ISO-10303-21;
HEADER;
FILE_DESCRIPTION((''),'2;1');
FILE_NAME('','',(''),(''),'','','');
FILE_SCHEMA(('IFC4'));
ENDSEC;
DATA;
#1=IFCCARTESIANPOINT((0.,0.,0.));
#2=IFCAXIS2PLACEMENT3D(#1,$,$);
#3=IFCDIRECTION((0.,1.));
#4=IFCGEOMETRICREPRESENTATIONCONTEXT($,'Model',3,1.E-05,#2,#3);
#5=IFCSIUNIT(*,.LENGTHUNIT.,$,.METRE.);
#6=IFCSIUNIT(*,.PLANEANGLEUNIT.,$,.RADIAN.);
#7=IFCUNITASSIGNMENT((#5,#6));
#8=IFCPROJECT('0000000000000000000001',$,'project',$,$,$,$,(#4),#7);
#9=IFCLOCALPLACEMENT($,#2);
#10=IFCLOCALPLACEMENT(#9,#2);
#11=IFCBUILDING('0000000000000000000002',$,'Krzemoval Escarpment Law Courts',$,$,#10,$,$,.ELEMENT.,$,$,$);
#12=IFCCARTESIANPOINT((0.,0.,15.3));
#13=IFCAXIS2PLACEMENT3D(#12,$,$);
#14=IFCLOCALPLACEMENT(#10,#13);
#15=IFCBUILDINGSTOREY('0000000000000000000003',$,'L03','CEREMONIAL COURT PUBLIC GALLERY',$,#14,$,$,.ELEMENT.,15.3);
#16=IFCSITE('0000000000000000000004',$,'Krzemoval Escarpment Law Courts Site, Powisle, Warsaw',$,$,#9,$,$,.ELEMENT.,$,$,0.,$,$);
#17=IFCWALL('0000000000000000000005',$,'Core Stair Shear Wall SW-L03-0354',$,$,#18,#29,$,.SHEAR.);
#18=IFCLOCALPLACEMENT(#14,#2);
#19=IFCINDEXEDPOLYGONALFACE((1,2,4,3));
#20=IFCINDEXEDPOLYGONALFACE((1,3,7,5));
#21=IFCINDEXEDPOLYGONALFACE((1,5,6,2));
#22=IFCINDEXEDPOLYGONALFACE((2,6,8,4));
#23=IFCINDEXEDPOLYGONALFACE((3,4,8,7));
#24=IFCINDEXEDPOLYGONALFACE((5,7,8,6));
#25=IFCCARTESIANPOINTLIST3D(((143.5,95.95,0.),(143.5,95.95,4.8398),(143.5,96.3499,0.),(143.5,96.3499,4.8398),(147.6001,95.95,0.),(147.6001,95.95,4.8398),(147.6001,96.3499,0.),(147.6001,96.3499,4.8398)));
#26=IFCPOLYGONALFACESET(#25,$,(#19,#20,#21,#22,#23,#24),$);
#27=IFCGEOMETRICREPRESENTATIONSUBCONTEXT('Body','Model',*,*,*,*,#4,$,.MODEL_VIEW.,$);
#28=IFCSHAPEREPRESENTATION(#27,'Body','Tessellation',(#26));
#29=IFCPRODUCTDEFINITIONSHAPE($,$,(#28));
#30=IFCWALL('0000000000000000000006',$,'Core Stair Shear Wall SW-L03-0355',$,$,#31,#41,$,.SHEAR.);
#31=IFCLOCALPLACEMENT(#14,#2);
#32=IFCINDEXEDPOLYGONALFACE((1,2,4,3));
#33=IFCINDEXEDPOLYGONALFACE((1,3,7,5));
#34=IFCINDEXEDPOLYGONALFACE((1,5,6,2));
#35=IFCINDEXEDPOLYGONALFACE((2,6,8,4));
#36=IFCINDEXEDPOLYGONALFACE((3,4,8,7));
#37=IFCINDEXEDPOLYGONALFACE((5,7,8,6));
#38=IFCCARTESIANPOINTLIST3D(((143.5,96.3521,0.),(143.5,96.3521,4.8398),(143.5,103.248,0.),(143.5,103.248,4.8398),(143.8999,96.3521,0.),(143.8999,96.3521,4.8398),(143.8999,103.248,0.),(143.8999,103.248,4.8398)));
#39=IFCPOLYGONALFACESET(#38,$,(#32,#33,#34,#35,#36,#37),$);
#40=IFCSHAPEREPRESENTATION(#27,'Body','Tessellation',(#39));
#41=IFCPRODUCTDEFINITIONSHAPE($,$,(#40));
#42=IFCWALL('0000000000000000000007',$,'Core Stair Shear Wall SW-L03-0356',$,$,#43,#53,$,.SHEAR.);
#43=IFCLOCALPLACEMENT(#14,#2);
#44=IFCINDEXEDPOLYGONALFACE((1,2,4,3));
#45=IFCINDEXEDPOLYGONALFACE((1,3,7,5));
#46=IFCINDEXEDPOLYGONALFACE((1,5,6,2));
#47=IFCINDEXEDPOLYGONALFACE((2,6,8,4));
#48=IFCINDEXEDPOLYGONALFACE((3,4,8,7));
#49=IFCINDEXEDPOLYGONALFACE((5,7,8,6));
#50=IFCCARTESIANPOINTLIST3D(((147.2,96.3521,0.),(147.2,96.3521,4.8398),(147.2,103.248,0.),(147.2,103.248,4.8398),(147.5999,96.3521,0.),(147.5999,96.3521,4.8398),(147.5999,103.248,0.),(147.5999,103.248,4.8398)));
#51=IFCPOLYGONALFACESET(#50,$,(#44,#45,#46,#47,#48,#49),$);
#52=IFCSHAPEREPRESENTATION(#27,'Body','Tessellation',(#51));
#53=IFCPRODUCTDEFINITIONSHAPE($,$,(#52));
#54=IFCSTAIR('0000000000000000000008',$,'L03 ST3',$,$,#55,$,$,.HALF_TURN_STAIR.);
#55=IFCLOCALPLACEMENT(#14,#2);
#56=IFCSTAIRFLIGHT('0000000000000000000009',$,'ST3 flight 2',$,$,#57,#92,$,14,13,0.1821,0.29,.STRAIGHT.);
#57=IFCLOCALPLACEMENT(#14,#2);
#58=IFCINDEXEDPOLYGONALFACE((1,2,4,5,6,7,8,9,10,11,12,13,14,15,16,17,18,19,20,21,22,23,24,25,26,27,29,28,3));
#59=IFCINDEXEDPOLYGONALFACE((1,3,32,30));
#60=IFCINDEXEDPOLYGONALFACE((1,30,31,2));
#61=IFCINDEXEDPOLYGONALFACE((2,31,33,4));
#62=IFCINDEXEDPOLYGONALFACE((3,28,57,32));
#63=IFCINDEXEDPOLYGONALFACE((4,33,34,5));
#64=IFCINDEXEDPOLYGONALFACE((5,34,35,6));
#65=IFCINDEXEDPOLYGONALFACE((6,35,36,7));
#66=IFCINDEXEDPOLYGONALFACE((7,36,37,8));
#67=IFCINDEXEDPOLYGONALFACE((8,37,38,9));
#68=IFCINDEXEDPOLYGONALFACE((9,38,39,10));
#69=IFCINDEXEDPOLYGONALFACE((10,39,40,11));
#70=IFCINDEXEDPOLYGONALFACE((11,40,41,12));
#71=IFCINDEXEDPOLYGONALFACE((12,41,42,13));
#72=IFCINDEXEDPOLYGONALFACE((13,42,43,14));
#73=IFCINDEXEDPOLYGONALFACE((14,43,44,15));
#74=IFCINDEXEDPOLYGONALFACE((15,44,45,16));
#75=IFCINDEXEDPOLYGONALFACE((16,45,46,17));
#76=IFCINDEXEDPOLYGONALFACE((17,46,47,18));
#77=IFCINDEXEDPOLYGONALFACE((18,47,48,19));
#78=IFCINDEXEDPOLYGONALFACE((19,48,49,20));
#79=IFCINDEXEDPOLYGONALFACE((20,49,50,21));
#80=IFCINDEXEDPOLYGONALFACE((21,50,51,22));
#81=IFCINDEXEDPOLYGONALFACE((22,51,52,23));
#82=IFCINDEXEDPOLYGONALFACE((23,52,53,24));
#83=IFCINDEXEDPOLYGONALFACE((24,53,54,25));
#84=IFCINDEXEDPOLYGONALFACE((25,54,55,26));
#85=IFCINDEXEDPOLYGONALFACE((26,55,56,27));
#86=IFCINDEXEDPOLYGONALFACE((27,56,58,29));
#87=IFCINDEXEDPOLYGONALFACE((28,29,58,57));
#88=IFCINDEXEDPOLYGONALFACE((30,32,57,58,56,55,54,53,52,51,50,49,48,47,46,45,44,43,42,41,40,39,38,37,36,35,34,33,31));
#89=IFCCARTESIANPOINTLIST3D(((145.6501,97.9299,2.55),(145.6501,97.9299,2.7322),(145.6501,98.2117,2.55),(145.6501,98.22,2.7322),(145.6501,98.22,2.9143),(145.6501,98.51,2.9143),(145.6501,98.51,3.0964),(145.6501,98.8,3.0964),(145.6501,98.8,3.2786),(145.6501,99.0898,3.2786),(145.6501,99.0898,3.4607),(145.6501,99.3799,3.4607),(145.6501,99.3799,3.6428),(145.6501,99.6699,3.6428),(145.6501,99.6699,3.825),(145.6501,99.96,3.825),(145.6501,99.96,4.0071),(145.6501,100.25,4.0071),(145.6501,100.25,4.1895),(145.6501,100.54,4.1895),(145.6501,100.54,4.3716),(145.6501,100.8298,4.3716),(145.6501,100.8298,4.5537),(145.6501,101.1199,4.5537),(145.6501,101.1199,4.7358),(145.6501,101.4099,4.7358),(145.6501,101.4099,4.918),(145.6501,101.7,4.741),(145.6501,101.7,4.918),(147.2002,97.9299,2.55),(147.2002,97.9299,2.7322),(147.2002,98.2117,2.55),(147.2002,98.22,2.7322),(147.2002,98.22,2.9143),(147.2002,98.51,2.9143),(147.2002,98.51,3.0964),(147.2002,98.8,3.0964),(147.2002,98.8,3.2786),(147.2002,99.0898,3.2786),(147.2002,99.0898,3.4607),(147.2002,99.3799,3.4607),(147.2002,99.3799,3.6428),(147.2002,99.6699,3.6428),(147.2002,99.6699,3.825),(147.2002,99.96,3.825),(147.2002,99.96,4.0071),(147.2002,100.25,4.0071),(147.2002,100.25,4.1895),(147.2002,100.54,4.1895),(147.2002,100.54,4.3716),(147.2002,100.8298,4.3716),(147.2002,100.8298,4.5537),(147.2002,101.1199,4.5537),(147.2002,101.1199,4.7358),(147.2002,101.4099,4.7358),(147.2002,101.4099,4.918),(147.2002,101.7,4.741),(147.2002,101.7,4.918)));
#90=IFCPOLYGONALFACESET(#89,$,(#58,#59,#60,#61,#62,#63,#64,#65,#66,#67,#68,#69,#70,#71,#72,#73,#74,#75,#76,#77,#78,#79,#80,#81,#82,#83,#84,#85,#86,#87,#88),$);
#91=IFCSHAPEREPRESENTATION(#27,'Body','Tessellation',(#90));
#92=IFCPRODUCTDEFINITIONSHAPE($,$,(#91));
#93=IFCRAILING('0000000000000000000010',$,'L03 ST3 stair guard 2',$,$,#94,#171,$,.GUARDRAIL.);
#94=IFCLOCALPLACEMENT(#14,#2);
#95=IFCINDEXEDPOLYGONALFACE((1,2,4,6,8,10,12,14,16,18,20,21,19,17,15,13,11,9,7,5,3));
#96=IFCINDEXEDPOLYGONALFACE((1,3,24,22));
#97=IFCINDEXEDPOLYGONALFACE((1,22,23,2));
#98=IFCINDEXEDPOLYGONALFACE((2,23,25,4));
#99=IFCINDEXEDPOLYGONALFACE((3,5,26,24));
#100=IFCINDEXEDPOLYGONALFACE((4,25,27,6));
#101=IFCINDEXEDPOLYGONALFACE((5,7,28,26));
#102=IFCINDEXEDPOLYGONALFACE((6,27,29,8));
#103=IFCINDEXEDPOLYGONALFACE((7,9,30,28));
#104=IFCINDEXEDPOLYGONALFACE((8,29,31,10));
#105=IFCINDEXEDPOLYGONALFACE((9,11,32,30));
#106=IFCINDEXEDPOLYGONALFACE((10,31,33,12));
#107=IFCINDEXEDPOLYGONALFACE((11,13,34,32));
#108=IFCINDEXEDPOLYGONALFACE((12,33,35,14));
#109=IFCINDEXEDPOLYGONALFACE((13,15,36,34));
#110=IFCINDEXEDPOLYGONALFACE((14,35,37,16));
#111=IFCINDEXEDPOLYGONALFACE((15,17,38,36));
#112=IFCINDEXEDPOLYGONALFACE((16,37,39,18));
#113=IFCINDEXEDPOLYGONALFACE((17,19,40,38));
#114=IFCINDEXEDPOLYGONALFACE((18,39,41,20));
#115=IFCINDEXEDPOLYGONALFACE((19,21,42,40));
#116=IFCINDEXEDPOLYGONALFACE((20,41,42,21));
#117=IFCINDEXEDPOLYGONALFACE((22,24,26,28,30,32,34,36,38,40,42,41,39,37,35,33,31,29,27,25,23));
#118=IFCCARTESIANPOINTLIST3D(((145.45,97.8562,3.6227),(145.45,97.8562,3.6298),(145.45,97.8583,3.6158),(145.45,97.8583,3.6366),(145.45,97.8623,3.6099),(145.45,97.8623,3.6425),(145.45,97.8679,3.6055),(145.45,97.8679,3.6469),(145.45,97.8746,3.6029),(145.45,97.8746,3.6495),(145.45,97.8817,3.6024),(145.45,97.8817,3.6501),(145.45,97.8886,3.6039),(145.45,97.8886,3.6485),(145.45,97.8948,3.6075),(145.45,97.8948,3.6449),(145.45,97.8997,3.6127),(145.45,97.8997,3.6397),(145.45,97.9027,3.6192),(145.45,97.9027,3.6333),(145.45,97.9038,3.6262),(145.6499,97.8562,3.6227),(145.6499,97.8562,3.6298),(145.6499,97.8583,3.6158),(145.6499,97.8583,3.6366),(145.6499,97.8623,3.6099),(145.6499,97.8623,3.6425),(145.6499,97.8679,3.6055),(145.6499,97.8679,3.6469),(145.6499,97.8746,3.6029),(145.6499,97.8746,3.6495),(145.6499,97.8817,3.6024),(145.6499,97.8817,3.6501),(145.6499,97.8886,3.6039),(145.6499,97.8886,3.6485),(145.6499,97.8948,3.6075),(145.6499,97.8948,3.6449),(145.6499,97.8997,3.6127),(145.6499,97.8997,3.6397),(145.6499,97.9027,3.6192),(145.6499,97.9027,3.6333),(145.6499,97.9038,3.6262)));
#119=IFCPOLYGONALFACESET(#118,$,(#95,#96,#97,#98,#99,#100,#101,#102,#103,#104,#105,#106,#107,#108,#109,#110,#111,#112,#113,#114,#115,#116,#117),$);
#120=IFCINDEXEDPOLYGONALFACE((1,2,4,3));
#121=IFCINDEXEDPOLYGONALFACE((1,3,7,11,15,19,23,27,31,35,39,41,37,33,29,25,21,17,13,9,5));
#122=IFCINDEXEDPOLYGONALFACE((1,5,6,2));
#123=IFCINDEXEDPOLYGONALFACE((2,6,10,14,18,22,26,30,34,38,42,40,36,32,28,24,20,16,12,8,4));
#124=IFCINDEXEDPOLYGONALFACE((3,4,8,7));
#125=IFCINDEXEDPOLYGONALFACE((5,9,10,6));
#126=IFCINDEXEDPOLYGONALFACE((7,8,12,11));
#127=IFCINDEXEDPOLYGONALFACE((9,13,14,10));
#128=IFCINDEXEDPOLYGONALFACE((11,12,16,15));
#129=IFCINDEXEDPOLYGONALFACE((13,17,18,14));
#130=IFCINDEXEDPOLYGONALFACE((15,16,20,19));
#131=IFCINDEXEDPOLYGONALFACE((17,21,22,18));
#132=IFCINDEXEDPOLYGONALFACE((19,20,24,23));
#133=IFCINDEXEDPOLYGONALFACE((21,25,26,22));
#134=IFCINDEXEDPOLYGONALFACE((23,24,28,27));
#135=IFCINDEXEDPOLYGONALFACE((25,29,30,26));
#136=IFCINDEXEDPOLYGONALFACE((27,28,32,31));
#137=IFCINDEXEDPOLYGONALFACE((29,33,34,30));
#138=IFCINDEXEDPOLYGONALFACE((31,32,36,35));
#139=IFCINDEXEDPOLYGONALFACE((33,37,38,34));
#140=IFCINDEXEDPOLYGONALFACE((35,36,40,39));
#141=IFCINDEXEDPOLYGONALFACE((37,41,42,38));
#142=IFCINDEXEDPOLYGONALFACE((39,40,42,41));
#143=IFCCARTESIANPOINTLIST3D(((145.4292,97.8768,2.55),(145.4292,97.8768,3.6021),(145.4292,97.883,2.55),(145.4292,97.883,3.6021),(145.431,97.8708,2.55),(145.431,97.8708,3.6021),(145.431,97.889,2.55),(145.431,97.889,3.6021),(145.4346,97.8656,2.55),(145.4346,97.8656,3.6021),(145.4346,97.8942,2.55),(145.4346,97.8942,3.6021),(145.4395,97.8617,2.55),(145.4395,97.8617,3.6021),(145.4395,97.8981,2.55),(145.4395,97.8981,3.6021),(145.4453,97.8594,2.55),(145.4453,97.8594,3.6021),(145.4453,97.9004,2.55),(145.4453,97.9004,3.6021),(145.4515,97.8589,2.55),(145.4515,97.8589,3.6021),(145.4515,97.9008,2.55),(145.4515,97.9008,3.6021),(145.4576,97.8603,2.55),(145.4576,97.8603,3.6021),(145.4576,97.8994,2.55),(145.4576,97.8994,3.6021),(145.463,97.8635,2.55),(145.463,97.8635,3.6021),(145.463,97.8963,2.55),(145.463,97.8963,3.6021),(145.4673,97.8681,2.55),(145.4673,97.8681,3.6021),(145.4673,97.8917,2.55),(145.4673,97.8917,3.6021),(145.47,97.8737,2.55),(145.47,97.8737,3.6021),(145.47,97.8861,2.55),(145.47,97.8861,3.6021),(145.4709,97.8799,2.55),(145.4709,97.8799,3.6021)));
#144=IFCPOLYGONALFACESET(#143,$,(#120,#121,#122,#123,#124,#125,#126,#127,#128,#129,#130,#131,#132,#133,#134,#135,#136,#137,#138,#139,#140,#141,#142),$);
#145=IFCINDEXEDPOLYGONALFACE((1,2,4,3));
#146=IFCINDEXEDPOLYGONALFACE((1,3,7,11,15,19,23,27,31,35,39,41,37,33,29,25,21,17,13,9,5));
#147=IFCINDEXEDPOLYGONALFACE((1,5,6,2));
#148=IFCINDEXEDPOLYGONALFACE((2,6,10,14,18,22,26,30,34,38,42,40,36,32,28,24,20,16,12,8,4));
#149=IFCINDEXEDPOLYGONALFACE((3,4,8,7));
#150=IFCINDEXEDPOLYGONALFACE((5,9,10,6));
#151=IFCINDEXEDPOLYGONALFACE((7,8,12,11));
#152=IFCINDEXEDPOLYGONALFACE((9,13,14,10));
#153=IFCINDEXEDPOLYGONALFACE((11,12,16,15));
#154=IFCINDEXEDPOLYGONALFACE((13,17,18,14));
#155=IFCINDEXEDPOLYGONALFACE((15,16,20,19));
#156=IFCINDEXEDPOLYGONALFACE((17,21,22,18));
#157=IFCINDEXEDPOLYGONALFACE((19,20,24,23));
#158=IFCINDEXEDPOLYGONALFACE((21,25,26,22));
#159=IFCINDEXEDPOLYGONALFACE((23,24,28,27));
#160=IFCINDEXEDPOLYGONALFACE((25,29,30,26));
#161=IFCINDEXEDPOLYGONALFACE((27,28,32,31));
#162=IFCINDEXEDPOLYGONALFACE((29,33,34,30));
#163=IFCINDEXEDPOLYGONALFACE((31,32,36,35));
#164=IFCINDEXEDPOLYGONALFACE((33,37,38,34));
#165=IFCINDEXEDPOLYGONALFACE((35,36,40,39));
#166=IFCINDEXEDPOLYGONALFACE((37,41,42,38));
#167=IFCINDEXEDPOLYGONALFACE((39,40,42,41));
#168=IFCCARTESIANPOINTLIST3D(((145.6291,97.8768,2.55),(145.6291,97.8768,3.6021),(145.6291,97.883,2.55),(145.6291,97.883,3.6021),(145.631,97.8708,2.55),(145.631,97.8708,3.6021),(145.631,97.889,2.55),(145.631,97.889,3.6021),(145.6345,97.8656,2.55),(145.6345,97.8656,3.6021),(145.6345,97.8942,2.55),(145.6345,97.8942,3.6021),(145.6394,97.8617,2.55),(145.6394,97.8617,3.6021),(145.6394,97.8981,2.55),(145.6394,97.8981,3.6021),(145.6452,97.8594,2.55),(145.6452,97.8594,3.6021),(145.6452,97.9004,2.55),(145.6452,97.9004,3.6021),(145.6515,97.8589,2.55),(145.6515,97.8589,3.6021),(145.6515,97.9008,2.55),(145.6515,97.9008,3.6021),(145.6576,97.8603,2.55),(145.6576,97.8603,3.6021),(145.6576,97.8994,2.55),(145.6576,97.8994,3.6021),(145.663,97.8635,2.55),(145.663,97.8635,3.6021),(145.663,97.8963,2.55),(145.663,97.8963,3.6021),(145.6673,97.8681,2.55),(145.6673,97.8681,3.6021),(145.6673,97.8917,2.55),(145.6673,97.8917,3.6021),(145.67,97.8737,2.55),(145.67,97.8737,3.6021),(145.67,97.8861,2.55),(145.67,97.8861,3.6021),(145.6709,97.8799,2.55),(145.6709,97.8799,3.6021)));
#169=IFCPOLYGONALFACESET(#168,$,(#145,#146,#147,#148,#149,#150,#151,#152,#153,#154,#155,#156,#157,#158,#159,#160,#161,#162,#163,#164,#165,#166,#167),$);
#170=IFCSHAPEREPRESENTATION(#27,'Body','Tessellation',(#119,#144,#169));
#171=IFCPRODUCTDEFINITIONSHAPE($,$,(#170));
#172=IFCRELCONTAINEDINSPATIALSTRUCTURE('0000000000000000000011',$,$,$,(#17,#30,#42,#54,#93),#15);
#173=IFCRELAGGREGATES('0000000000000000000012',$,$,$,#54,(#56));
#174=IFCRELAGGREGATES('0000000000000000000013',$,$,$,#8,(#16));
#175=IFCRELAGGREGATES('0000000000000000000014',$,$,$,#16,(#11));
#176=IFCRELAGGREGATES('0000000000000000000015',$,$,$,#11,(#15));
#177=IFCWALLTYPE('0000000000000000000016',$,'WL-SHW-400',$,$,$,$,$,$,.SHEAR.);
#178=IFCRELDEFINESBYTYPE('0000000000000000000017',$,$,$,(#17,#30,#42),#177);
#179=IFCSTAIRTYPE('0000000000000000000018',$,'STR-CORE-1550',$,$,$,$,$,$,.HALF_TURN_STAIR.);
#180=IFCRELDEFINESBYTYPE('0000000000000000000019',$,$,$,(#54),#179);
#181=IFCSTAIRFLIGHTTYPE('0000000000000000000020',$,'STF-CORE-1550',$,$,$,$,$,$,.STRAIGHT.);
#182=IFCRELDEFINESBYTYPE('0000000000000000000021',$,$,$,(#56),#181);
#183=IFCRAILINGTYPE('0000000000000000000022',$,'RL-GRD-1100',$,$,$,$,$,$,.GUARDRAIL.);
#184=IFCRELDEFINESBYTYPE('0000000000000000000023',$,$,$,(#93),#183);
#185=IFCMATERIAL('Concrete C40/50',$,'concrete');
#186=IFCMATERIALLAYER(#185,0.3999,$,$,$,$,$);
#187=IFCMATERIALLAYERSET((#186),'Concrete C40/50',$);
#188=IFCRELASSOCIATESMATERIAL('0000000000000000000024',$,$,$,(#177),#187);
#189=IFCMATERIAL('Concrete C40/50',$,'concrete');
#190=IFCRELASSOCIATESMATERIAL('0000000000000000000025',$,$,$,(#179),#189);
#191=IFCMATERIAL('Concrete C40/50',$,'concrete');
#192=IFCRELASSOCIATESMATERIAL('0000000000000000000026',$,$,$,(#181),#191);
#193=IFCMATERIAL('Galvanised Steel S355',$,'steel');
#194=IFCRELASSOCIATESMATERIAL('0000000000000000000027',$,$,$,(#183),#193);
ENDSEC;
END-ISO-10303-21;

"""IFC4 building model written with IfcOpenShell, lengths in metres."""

from ifc_helpers import new_model, si_unit, direction, frame, frame_2d, origin, origin_2d, place, context, subcontext, project, spatial, polyline, rectangle, circle, outline, extrude, material, layer, layer_set, type_object, element, aggregate, save


model = new_model("IFC4")

# Units and contexts
model_context = context("Model", 3, precision=1e-05, world=origin(), true_north=direction((0.0, 1.0)))
body_context = subcontext(model_context, "Body", "Model", "MODEL_VIEW")
ifc_project = project(units=[si_unit("LENGTHUNIT", "METRE"), si_unit("PLANEANGLEUNIT", "RADIAN")], contexts=[model_context])

# Site, building, storey
site_placement = place(None, origin())
site = spatial("IfcSite", under=ifc_project, at=site_placement, Name="Krzemoval Escarpment Law Courts Site, Powisle, Warsaw", CompositionType="ELEMENT", RefElevation=0.0)
building_placement = place(site_placement, origin())
building = spatial("IfcBuilding", under=site, at=building_placement, Name="Krzemoval Escarpment Law Courts", CompositionType="ELEMENT")
storey_placement = place(building_placement, frame((0.0, 0.0, 15.3)))
storey = spatial("IfcBuildingStorey", under=building, at=storey_placement, Name="L03", Description="CEREMONIAL COURT PUBLIC GALLERY", CompositionType="ELEMENT", Elevation=15.3)

# Walls
ifc_material_1 = material(Name="Concrete C40/50", Category="concrete")
ifc_layer_1 = layer(ifc_material_1, 0.3999)
ifc_layer_set_1 = layer_set([ifc_layer_1], Name="Concrete C40/50")
wall_type_1 = type_object("IfcWallType", Name="WL-SHW-400", PredefinedType="SHEAR", material=ifc_layer_set_1)
wall_1_placement = place(storey_placement, frame((143.5, 96.1499, 0.0), z_axis=(0.0, 0.0, 1.0), x_axis=(1.0, 0.0, 0.0)))
element("IfcWall", 1, at=wall_1_placement, inside=storey, type_object=wall_type_1, Name="Core Stair Shear Wall SW-L03-0354", PredefinedType="SHEAR", context=body_context, shape_type="SweptSolid", body=[
    extrude(rectangle(XDim=4.1001, YDim=0.3999, at=frame_2d((2.05, 0.0))), origin(), (0.0, 0.0, 1.0), 4.8398),
])
for number, where, z_axis, x_axis, name in (
    (2, (143.7, 96.3521, 0.0), (0.0, 0.0, 1.0), (0.0, 1.0, 0.0), "Core Stair Shear Wall SW-L03-0355"),
    (3, (147.3999, 96.3521, 0.0), (0.0, 0.0, 1.0), (0.0, 1.0, 0.0), "Core Stair Shear Wall SW-L03-0356"),
):
    element("IfcWall", number, at=place(storey_placement, frame(where, z_axis=z_axis, x_axis=x_axis)), inside=storey, type_object=wall_type_1, Name=name, PredefinedType="SHEAR", context=body_context, shape_type="SweptSolid", body=[
        extrude(rectangle(XDim=6.896, YDim=0.3999, at=frame_2d((3.448, 0.0))), origin(), (0.0, 0.0, 1.0), 4.8398),
    ])

# Stair, stair flight
ifc_material_2 = material(Name="Concrete C40/50", Category="concrete")
stair_type = type_object("IfcStairType", Name="STR-CORE-1550", PredefinedType="HALF_TURN_STAIR", material=ifc_material_2)
stair_placement = place(storey_placement, origin())
stair = element("IfcStair", 4, at=stair_placement, inside=storey, type_object=stair_type, Name="L03 ST3", PredefinedType="HALF_TURN_STAIR")
ifc_material_3 = material(Name="Concrete C40/50", Category="concrete")
stair_flight_type = type_object("IfcStairFlightType", Name="STF-CORE-1550", PredefinedType="STRAIGHT", material=ifc_material_3)
stair_flight_placement = place(storey_placement, frame((146.425, 97.9299, 2.55), z_axis=(0.0, 0.0, 1.0), x_axis=(0.0, 1.0, 0.0)))
stair_flight = element("IfcStairFlight", 5, at=stair_flight_placement, type_object=stair_flight_type, Name="ST3 flight 2", NumberOfRisers=14, NumberOfTreads=13, PredefinedType="STRAIGHT", RiserHeight=0.1821, TreadLength=0.29, context=body_context, shape_type="SweptSolid", body=[
    extrude(outline(polyline([(0.0, 0.0), (0.0, 0.1821), (0.29, 0.1821), (0.29, 0.3643), (0.5801, 0.3643), (0.5801, 0.5464), (0.8701, 0.5464), (0.8701, 0.7285), (1.1599, 0.7285), (1.1599, 0.9106), (1.45, 0.9106), (1.45, 1.0928), (1.74, 1.0928), (1.74, 1.2749), (2.03, 1.2749), (2.03, 1.457), (2.3201, 1.457), (2.3201, 1.6394), (2.6101, 1.6394), (2.6101, 1.8215), (2.8999, 1.8215), (2.8999, 2.0037), (3.1899, 2.0037), (3.1899, 2.1858), (3.48, 2.1858), (3.48, 2.3679), (3.77, 2.3679), (3.77, 2.55), (3.77, 2.1909), (0.2817, 0.0), (0.0, 0.0)])), frame((0.0, 0.7749, 0.0), z_axis=(0.0, -1.0, 0.0), x_axis=(1.0, 0.0, 0.0)), (0.0, 0.0, 1.0), 1.55),
])
aggregate(stair, [stair_flight])

# Railing
ifc_material_4 = material(Name="Galvanised Steel S355", Category="steel")
railing_type_1 = type_object("IfcRailingType", Name="RL-GRD-1100", PredefinedType="GUARDRAIL", material=ifc_material_4)
railing_1_placement = place(storey_placement, frame((145.45, 97.8799, 2.55)))
element("IfcRailing", 6, at=railing_1_placement, inside=storey, type_object=railing_type_1, Name="L03 ST3 stair guard 2", PredefinedType="GUARDRAIL", context=body_context, shape_type="SweptSolid", body=[
    extrude(circle(Radius=0.0239, at=origin_2d()), frame((0.0, 0.0, 1.0762), z_axis=(1.0, 0.0, 0.0), x_axis=(0.0, 1.0, 0.0)), (0.0, 0.0, 1.0), 0.2),
    extrude(circle(Radius=0.021, at=origin_2d()), origin(), (0.0, 0.0, 1.0), 1.052),
    extrude(circle(Radius=0.021, at=origin_2d()), frame((0.2, 0.0, 0.0)), (0.0, 0.0, 1.0), 1.052),
])

save(model, "model.ifc")
